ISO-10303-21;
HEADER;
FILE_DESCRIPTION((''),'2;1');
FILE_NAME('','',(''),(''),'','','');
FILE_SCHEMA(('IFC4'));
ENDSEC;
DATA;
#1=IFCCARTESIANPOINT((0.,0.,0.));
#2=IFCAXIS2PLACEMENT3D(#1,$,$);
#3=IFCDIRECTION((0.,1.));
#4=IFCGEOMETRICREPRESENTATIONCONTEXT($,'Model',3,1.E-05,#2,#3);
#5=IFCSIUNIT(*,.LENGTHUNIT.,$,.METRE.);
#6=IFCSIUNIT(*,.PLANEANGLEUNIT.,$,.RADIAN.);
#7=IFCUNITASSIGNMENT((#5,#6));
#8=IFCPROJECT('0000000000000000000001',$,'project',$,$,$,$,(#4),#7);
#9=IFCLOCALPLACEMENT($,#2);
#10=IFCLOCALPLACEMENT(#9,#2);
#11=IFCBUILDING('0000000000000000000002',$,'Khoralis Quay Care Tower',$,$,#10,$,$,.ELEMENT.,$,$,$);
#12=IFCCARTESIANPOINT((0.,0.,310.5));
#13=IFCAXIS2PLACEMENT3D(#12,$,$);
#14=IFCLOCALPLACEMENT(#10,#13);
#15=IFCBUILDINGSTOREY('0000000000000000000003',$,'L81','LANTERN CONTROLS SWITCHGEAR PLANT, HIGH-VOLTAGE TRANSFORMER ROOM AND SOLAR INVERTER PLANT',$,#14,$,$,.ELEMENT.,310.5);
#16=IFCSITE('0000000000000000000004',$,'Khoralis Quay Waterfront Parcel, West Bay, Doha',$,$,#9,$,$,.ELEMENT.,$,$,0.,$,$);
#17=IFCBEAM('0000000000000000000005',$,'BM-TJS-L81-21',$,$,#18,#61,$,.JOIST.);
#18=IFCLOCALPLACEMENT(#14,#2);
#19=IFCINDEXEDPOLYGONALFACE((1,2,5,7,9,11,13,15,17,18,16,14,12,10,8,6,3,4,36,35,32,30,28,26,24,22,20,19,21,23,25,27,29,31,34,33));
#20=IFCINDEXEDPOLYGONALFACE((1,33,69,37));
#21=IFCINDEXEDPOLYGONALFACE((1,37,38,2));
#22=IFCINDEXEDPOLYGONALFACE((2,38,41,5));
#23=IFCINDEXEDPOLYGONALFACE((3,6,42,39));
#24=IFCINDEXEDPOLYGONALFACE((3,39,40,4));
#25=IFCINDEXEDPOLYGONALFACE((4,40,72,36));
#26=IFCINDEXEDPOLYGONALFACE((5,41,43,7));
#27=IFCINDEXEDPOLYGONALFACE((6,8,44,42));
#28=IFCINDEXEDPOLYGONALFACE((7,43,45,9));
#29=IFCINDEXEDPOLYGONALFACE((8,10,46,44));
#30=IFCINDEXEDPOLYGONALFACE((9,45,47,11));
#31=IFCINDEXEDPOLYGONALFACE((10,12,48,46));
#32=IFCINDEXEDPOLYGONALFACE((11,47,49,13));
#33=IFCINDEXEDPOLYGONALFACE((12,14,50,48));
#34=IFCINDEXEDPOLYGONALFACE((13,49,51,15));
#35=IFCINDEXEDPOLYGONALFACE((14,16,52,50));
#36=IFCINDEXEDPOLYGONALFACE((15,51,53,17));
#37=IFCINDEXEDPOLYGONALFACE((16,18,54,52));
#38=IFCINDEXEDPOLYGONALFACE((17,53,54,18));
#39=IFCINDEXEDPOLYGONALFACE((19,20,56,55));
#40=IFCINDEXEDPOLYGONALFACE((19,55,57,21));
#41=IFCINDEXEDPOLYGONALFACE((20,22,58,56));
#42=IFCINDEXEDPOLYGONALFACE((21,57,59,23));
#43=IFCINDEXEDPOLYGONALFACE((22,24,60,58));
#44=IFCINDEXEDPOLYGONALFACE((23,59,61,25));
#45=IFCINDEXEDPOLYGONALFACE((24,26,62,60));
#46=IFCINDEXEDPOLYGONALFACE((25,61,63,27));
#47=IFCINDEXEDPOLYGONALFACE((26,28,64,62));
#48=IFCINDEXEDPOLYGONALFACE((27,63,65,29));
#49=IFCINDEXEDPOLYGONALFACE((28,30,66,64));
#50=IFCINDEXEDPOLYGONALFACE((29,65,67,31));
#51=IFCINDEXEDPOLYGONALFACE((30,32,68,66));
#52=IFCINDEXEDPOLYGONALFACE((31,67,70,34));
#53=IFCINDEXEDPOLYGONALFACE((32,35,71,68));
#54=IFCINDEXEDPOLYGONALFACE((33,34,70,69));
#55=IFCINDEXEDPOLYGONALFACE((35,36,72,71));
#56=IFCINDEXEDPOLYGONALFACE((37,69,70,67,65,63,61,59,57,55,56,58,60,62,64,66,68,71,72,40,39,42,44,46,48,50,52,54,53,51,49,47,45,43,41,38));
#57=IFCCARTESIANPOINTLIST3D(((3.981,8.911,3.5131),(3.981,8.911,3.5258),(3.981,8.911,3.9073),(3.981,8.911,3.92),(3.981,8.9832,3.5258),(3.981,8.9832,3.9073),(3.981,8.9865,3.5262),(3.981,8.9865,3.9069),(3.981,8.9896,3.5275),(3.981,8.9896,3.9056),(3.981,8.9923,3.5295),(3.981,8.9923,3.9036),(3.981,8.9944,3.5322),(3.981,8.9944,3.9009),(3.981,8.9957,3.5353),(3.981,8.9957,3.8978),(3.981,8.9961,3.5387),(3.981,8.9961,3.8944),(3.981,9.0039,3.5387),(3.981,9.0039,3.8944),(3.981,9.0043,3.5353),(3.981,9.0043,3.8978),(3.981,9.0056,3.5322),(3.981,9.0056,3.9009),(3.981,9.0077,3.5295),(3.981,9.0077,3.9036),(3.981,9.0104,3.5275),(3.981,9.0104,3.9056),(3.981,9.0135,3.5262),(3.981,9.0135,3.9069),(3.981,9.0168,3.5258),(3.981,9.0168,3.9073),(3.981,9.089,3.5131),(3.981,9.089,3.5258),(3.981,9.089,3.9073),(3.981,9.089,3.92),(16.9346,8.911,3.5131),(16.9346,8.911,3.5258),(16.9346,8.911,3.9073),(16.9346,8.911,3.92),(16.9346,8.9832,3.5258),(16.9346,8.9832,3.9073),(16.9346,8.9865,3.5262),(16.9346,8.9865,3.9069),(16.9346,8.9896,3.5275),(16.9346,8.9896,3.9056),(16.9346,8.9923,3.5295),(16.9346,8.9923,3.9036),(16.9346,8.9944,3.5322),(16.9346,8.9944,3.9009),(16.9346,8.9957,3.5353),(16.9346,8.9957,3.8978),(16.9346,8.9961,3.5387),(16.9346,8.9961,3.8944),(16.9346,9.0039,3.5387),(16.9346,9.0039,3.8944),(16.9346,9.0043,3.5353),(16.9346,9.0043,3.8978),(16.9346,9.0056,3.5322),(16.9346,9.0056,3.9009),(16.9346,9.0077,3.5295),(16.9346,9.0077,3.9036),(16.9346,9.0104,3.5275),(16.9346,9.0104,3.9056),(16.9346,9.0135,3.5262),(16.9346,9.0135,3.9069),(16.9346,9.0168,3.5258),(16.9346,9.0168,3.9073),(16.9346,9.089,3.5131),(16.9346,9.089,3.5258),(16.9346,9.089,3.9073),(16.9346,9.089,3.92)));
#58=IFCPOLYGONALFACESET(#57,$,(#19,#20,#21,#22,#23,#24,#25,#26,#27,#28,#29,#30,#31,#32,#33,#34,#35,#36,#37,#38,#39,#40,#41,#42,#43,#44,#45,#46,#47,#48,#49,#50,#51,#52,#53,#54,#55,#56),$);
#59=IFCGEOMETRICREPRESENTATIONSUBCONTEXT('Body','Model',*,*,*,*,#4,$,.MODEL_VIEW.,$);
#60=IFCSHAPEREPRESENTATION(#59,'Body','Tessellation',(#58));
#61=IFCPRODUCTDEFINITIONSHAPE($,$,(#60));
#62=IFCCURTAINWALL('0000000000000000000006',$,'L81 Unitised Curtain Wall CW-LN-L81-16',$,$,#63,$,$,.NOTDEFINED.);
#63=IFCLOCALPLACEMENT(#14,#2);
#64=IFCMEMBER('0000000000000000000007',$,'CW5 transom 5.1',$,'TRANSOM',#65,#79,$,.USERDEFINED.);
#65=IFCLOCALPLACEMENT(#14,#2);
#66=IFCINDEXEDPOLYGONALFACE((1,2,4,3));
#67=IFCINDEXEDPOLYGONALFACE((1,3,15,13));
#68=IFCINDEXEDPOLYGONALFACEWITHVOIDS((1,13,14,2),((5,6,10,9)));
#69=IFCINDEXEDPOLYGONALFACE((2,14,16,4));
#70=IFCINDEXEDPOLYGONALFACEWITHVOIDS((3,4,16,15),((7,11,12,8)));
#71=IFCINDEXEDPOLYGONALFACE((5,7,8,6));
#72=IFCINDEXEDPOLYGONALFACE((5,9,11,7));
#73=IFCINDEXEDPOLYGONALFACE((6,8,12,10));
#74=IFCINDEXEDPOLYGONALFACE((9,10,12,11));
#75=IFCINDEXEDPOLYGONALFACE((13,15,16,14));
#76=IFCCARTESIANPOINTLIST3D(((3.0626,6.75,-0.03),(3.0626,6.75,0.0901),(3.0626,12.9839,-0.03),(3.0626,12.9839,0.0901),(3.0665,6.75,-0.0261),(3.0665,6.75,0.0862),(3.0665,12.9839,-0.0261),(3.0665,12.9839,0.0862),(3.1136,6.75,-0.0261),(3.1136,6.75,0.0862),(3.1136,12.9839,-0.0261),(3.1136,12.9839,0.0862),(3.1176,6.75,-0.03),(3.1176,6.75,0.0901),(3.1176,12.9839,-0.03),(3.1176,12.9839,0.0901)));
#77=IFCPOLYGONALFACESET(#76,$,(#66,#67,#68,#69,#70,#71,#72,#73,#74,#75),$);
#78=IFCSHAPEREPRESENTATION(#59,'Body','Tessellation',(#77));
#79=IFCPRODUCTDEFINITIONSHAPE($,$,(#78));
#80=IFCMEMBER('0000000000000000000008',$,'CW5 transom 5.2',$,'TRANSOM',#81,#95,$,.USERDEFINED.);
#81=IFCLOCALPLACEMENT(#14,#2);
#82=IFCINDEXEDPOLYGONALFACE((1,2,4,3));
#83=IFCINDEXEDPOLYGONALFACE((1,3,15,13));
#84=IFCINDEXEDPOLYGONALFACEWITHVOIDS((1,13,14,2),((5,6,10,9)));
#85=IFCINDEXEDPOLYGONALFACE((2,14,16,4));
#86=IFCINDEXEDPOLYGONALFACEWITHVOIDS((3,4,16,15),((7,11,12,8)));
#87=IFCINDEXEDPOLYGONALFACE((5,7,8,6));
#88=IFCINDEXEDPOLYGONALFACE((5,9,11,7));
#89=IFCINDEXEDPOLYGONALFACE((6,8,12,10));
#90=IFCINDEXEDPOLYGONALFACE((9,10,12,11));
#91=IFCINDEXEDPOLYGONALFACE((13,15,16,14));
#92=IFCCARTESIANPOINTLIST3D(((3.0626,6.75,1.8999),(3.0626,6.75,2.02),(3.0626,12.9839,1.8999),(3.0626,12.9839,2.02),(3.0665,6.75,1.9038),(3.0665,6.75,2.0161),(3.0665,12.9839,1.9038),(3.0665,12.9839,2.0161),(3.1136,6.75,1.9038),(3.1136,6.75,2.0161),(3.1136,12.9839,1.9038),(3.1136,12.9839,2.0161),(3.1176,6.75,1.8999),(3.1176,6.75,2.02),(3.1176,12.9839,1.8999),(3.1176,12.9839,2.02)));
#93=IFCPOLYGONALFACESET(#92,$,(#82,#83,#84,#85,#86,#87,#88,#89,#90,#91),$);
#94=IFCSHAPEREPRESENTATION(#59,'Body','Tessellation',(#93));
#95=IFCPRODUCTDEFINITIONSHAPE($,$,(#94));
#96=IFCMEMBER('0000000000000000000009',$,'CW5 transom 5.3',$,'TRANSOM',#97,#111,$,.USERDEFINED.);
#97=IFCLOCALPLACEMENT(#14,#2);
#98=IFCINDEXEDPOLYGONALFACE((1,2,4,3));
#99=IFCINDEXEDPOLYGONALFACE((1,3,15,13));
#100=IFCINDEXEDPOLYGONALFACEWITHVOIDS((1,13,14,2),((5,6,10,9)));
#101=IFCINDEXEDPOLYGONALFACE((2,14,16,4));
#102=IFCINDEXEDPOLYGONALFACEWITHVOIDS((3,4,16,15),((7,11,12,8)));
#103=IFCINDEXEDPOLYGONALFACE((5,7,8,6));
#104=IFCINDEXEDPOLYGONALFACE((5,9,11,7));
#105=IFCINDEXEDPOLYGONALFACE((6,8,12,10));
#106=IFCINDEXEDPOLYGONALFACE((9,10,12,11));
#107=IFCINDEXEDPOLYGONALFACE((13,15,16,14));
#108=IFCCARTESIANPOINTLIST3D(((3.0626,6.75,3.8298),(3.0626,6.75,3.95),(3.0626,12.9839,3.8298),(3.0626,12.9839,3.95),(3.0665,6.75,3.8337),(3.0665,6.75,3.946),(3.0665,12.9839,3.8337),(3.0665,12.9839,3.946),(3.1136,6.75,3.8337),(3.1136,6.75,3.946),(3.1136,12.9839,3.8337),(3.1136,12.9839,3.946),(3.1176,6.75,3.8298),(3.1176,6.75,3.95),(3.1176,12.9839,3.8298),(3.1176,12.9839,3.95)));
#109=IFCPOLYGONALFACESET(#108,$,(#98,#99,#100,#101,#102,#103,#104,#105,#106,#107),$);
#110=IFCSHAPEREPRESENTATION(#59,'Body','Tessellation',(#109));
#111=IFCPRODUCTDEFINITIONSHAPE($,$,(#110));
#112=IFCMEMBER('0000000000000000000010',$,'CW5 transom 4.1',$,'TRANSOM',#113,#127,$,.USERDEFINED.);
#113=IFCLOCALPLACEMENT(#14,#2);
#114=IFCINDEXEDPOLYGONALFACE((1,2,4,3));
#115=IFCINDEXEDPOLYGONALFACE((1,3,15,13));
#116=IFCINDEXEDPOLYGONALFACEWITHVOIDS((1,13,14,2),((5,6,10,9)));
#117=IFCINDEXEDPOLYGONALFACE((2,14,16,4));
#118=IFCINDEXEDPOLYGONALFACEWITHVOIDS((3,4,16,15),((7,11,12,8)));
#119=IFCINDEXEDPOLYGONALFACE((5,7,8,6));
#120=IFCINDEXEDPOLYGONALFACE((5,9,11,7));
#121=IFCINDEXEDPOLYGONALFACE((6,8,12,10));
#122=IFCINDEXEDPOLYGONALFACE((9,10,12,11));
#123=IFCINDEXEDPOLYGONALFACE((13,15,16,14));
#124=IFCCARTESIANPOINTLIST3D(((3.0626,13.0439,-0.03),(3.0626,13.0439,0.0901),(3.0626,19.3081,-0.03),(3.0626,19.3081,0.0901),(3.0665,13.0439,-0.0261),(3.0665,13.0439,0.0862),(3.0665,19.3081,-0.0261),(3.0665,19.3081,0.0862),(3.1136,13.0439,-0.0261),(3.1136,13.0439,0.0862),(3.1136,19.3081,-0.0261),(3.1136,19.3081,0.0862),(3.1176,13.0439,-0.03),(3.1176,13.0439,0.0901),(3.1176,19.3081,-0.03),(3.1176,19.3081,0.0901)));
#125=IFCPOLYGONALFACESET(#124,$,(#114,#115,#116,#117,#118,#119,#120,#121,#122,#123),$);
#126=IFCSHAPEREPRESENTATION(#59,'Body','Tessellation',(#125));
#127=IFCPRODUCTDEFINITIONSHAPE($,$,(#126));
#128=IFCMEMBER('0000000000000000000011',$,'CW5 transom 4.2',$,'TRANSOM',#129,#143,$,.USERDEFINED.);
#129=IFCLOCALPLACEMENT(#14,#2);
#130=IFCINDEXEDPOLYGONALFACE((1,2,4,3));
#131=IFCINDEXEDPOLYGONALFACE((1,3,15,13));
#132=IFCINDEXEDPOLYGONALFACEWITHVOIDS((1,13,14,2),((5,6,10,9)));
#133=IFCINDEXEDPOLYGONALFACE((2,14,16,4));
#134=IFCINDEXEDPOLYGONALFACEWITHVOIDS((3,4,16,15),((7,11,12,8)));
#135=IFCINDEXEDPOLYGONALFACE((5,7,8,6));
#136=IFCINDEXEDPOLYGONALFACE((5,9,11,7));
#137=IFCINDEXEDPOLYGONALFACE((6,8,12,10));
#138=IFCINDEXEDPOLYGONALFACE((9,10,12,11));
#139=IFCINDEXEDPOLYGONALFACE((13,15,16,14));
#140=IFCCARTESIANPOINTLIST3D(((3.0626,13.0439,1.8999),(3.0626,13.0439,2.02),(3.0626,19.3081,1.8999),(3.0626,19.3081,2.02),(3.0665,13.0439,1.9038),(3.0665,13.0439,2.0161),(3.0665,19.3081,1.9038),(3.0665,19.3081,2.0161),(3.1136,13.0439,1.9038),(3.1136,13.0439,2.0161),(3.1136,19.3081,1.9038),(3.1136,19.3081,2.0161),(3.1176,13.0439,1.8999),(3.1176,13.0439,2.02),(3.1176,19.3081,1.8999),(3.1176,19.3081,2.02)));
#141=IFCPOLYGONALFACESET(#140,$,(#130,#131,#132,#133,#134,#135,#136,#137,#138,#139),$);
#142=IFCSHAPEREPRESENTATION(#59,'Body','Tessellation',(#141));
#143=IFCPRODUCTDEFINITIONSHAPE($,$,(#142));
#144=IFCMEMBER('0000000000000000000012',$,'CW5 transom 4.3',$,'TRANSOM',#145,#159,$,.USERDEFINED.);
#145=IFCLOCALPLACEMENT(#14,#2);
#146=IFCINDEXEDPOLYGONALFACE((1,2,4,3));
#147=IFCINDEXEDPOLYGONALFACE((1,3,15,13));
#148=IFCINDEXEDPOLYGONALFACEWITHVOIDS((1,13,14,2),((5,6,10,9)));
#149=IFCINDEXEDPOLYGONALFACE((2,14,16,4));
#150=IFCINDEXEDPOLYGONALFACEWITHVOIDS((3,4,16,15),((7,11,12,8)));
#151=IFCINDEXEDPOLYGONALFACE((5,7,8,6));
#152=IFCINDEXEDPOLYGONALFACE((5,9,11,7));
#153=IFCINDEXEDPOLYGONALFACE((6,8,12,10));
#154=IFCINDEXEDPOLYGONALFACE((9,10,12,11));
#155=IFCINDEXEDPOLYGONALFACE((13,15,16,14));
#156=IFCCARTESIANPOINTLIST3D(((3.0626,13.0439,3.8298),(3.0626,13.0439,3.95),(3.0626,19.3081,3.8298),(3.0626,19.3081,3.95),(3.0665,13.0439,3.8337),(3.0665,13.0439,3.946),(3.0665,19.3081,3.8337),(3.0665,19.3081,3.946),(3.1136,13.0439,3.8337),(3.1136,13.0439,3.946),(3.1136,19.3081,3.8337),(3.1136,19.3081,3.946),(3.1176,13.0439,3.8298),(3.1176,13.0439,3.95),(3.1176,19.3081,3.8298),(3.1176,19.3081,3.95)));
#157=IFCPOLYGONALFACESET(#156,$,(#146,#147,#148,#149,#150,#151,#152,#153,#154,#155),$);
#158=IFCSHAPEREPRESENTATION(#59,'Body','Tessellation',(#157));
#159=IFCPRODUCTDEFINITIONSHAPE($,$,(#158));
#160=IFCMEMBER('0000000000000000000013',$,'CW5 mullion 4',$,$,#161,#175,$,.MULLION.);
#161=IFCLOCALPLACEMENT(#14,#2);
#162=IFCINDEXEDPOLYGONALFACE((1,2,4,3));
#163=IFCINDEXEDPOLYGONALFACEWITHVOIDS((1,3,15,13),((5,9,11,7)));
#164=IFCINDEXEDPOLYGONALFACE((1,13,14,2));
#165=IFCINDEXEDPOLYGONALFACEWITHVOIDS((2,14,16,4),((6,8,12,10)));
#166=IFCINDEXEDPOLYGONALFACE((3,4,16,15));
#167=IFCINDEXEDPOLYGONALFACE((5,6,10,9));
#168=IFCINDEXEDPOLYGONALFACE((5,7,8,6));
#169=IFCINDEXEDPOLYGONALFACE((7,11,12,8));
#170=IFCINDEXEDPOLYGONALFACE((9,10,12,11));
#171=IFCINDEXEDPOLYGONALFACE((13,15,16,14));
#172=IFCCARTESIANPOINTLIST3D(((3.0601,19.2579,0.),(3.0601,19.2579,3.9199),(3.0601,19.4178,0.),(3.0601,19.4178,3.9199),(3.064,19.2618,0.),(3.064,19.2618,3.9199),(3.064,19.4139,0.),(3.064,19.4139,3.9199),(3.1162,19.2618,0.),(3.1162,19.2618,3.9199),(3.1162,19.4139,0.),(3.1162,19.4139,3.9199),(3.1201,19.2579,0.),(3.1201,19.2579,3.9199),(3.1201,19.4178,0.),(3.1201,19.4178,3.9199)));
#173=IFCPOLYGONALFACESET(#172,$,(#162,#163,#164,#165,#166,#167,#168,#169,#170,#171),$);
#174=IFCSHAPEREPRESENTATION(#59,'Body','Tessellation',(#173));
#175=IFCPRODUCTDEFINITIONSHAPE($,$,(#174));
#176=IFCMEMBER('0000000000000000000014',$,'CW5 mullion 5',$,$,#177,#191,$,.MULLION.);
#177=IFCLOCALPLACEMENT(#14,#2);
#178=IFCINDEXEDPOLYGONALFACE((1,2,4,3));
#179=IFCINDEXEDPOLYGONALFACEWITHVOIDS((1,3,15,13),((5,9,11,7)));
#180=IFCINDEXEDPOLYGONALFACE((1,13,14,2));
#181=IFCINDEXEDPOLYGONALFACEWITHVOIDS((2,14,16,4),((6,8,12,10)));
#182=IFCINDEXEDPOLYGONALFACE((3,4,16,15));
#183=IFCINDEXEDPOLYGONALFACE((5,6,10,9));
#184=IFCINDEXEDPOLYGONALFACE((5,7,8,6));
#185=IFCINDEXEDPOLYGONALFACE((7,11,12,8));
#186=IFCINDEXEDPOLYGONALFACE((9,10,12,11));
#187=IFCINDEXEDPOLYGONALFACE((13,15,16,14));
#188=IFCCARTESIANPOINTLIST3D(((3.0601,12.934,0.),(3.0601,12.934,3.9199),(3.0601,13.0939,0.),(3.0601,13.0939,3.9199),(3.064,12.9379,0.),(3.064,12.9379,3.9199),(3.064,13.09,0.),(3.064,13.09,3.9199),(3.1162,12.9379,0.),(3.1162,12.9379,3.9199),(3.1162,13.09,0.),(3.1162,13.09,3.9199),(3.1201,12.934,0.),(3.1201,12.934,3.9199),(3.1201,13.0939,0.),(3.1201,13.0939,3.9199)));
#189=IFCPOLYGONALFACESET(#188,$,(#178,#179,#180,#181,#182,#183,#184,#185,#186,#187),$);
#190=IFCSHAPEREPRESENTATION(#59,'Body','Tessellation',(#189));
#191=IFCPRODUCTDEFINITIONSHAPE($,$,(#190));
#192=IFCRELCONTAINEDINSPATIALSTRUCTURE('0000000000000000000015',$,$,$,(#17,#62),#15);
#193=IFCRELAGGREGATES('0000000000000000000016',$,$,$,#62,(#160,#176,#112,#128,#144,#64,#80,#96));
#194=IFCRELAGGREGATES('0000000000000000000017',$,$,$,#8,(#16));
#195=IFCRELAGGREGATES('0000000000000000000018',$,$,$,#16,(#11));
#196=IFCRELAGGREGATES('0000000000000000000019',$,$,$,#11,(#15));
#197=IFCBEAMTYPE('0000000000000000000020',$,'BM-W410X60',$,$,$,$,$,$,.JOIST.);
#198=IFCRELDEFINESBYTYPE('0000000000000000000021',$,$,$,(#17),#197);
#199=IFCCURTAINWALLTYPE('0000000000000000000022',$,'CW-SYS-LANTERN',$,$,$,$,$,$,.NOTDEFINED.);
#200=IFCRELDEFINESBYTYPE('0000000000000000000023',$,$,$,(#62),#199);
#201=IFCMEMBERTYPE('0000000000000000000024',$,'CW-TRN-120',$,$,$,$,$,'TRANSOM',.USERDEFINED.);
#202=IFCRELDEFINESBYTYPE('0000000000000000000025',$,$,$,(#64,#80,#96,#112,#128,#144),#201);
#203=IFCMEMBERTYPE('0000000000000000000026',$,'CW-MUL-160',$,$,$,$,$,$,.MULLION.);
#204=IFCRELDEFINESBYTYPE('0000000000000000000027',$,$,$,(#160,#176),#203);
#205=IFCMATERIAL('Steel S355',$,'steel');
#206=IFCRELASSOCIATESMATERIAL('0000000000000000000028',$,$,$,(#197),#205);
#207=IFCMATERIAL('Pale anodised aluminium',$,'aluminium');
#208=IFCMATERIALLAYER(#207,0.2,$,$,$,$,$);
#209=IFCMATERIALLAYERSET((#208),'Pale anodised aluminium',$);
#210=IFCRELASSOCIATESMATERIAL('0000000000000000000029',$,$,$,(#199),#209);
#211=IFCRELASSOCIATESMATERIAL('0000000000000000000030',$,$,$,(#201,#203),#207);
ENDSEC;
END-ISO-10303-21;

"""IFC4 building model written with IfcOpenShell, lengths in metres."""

from ifc_helpers import new_model, si_unit, direction, frame, origin, origin_2d, place, context, subcontext, project, spatial, hollow_rectangle, i_section, extrude, source, transform, mapped, material, layer, layer_set, material_profile, profile_set, type_object, element, aggregate, save


model = new_model("IFC4")

# Units and contexts
model_context = context("Model", 3, precision=1e-05, world=origin(), true_north=direction((0.0, 1.0)))
body_context = subcontext(model_context, "Body", "Model", "MODEL_VIEW")
ifc_project = project(units=[si_unit("LENGTHUNIT", "METRE"), si_unit("PLANEANGLEUNIT", "RADIAN")], contexts=[model_context])

# Site, building, storey
site_placement = place(None, origin())
site = spatial("IfcSite", under=ifc_project, at=site_placement, Name="Khoralis Quay Waterfront Parcel, West Bay, Doha", CompositionType="ELEMENT", RefElevation=0.0)
building_placement = place(site_placement, origin())
building = spatial("IfcBuilding", under=site, at=building_placement, Name="Khoralis Quay Care Tower", CompositionType="ELEMENT")
storey_placement = place(building_placement, frame((0.0, 0.0, 310.5)))
storey = spatial("IfcBuildingStorey", under=building, at=storey_placement, Name="L81", Description="LANTERN CONTROLS SWITCHGEAR PLANT, HIGH-VOLTAGE TRANSFORMER ROOM AND SOLAR INVERTER PLANT", CompositionType="ELEMENT", Elevation=310.5)

# Beam
ifc_material_1 = material(Name="Steel S355", Category="steel")
ifc_material_profile_1 = material_profile(ifc_material_1, i_section(OverallWidth=0.178, OverallDepth=0.407, WebThickness=0.0078, FlangeThickness=0.0127, FilletRadius=0.0129, at=origin_2d()), Name="Steel S355")
ifc_profile_set_1 = profile_set([ifc_material_profile_1], Name="Steel S355")
beam_type_1 = type_object("IfcBeamType", Name="BM-W410X60", PredefinedType="JOIST", material=ifc_profile_set_1)
shared_shape_1 = source(origin(), body_context, "Body", "SweptSolid", [
    extrude(i_section(OverallWidth=0.178, OverallDepth=0.407, WebThickness=0.0078, FlangeThickness=0.0127, FilletRadius=0.0129, at=origin_2d()), origin(), (0.0, 0.0, 1.0), 12.9536),
])
beam_1_placement = place(storey_placement, frame((3.981, 9.0, 3.7166), z_axis=(1.0, 0.0, 0.0), x_axis=(0.0, 1.0, 0.0)))
element("IfcBeam", 1, at=beam_1_placement, inside=storey, type_object=beam_type_1, Name="BM-TJS-L81-21", PredefinedType="JOIST", context=body_context, shape_type="MappedRepresentation", body=[
    mapped(shared_shape_1, transform((0.0, 0.0, 0.0), scale=1.0)),
])

# Curtain wall, members
ifc_material_2 = material(Name="Pale anodised aluminium", Category="aluminium")
ifc_layer_1 = layer(ifc_material_2, 0.2)
ifc_layer_set_1 = layer_set([ifc_layer_1], Name="Pale anodised aluminium")
curtain_wall_type = type_object("IfcCurtainWallType", Name="CW-SYS-LANTERN", PredefinedType="NOTDEFINED", material=ifc_layer_set_1)
curtain_wall_1_placement = place(storey_placement, origin())
curtain_wall_1 = element("IfcCurtainWall", 2, at=curtain_wall_1_placement, inside=storey, type_object=curtain_wall_type, Name="L81 Unitised Curtain Wall CW-LN-L81-16", PredefinedType="NOTDEFINED")
ifc_material_profile_2 = material_profile(ifc_material_2, hollow_rectangle(XDim=0.0549, YDim=0.1201, WallThickness=0.0039, at=origin_2d()), Name="Pale anodised aluminium")
ifc_profile_set_2 = profile_set([ifc_material_profile_2], Name="Pale anodised aluminium")
member_type_1 = type_object("IfcMemberType", Name="CW-TRN-120", ElementType="TRANSOM", PredefinedType="USERDEFINED", material=ifc_profile_set_2)
shared_shape_2 = source(origin(), body_context, "Body", "SweptSolid", [
    extrude(hollow_rectangle(XDim=0.0549, YDim=0.1201, WallThickness=0.0039, at=origin_2d()), origin(), (0.0, 0.0, 1.0), 6.2339),
])
member_1_placement = place(storey_placement, frame((3.0901, 12.9839, 0.03), z_axis=(0.0, -1.0, 0.0), x_axis=(1.0, 0.0, 0.0)))
member_1 = element("IfcMember", 3, at=member_1_placement, type_object=member_type_1, Name="CW5 transom 5.1", ObjectType="TRANSOM", PredefinedType="USERDEFINED", context=body_context, shape_type="MappedRepresentation", body=[
    mapped(shared_shape_2, transform((0.0, 0.0, 0.0), scale=1.0)),
])
member_2_placement = place(storey_placement, frame((3.0901, 12.9839, 1.96), z_axis=(0.0, -1.0, 0.0), x_axis=(1.0, 0.0, 0.0)))
member_2 = element("IfcMember", 4, at=member_2_placement, type_object=member_type_1, Name="CW5 transom 5.2", ObjectType="TRANSOM", PredefinedType="USERDEFINED", context=body_context, shape_type="MappedRepresentation", body=[
    mapped(shared_shape_2, transform((0.0, 0.0, 0.0), scale=1.0)),
])
member_3_placement = place(storey_placement, frame((3.0901, 12.9839, 3.8899), z_axis=(0.0, -1.0, 0.0), x_axis=(1.0, 0.0, 0.0)))
member_3 = element("IfcMember", 5, at=member_3_placement, type_object=member_type_1, Name="CW5 transom 5.3", ObjectType="TRANSOM", PredefinedType="USERDEFINED", context=body_context, shape_type="MappedRepresentation", body=[
    mapped(shared_shape_2, transform((0.0, 0.0, 0.0), scale=1.0)),
])
shared_shape_3 = source(origin(), body_context, "Body", "SweptSolid", [
    extrude(hollow_rectangle(XDim=0.0549, YDim=0.1201, WallThickness=0.0039, at=origin_2d()), origin(), (0.0, 0.0, 1.0), 6.2642),
])
member_4_placement = place(storey_placement, frame((3.0901, 19.3081, 0.03), z_axis=(0.0, -1.0, 0.0), x_axis=(1.0, 0.0, 0.0)))
member_4 = element("IfcMember", 6, at=member_4_placement, type_object=member_type_1, Name="CW5 transom 4.1", ObjectType="TRANSOM", PredefinedType="USERDEFINED", context=body_context, shape_type="MappedRepresentation", body=[
    mapped(shared_shape_3, transform((0.0, 0.0, 0.0), scale=1.0)),
])
member_5_placement = place(storey_placement, frame((3.0901, 19.3081, 1.96), z_axis=(0.0, -1.0, 0.0), x_axis=(1.0, 0.0, 0.0)))
member_5 = element("IfcMember", 7, at=member_5_placement, type_object=member_type_1, Name="CW5 transom 4.2", ObjectType="TRANSOM", PredefinedType="USERDEFINED", context=body_context, shape_type="MappedRepresentation", body=[
    mapped(shared_shape_3, transform((0.0, 0.0, 0.0), scale=1.0)),
])
member_6_placement = place(storey_placement, frame((3.0901, 19.3081, 3.8899), z_axis=(0.0, -1.0, 0.0), x_axis=(1.0, 0.0, 0.0)))
member_6 = element("IfcMember", 8, at=member_6_placement, type_object=member_type_1, Name="CW5 transom 4.3", ObjectType="TRANSOM", PredefinedType="USERDEFINED", context=body_context, shape_type="MappedRepresentation", body=[
    mapped(shared_shape_3, transform((0.0, 0.0, 0.0), scale=1.0)),
])
ifc_material_profile_3 = material_profile(ifc_material_2, hollow_rectangle(XDim=0.0601, YDim=0.1599, WallThickness=0.0039, at=origin_2d()), Name="Pale anodised aluminium")
ifc_profile_set_3 = profile_set([ifc_material_profile_3], Name="Pale anodised aluminium")
member_type_2 = type_object("IfcMemberType", Name="CW-MUL-160", PredefinedType="MULLION", material=ifc_profile_set_3)
shared_shape_4 = source(origin(), body_context, "Body", "SweptSolid", [
    extrude(hollow_rectangle(XDim=0.0601, YDim=0.1599, WallThickness=0.0039, at=origin_2d()), origin(), (0.0, 0.0, 1.0), 3.9199),
])
member_7_placement = place(storey_placement, frame((3.0901, 19.3379, 0.0), z_axis=(0.0, 0.0, 1.0), x_axis=(1.0, 0.0, 0.0)))
member_7 = element("IfcMember", 9, at=member_7_placement, type_object=member_type_2, Name="CW5 mullion 4", PredefinedType="MULLION", context=body_context, shape_type="MappedRepresentation", body=[
    mapped(shared_shape_4, transform((0.0, 0.0, 0.0), scale=1.0)),
])
member_8_placement = place(storey_placement, frame((3.0901, 13.0139, 0.0), z_axis=(0.0, 0.0, 1.0), x_axis=(1.0, 0.0, 0.0)))
member_8 = element("IfcMember", 10, at=member_8_placement, type_object=member_type_2, Name="CW5 mullion 5", PredefinedType="MULLION", context=body_context, shape_type="MappedRepresentation", body=[
    mapped(shared_shape_4, transform((0.0, 0.0, 0.0), scale=1.0)),
])

aggregate(curtain_wall_1, [member_7, member_8, member_4, member_5, member_6, member_1, member_2, member_3])

save(model, "model.ifc")
